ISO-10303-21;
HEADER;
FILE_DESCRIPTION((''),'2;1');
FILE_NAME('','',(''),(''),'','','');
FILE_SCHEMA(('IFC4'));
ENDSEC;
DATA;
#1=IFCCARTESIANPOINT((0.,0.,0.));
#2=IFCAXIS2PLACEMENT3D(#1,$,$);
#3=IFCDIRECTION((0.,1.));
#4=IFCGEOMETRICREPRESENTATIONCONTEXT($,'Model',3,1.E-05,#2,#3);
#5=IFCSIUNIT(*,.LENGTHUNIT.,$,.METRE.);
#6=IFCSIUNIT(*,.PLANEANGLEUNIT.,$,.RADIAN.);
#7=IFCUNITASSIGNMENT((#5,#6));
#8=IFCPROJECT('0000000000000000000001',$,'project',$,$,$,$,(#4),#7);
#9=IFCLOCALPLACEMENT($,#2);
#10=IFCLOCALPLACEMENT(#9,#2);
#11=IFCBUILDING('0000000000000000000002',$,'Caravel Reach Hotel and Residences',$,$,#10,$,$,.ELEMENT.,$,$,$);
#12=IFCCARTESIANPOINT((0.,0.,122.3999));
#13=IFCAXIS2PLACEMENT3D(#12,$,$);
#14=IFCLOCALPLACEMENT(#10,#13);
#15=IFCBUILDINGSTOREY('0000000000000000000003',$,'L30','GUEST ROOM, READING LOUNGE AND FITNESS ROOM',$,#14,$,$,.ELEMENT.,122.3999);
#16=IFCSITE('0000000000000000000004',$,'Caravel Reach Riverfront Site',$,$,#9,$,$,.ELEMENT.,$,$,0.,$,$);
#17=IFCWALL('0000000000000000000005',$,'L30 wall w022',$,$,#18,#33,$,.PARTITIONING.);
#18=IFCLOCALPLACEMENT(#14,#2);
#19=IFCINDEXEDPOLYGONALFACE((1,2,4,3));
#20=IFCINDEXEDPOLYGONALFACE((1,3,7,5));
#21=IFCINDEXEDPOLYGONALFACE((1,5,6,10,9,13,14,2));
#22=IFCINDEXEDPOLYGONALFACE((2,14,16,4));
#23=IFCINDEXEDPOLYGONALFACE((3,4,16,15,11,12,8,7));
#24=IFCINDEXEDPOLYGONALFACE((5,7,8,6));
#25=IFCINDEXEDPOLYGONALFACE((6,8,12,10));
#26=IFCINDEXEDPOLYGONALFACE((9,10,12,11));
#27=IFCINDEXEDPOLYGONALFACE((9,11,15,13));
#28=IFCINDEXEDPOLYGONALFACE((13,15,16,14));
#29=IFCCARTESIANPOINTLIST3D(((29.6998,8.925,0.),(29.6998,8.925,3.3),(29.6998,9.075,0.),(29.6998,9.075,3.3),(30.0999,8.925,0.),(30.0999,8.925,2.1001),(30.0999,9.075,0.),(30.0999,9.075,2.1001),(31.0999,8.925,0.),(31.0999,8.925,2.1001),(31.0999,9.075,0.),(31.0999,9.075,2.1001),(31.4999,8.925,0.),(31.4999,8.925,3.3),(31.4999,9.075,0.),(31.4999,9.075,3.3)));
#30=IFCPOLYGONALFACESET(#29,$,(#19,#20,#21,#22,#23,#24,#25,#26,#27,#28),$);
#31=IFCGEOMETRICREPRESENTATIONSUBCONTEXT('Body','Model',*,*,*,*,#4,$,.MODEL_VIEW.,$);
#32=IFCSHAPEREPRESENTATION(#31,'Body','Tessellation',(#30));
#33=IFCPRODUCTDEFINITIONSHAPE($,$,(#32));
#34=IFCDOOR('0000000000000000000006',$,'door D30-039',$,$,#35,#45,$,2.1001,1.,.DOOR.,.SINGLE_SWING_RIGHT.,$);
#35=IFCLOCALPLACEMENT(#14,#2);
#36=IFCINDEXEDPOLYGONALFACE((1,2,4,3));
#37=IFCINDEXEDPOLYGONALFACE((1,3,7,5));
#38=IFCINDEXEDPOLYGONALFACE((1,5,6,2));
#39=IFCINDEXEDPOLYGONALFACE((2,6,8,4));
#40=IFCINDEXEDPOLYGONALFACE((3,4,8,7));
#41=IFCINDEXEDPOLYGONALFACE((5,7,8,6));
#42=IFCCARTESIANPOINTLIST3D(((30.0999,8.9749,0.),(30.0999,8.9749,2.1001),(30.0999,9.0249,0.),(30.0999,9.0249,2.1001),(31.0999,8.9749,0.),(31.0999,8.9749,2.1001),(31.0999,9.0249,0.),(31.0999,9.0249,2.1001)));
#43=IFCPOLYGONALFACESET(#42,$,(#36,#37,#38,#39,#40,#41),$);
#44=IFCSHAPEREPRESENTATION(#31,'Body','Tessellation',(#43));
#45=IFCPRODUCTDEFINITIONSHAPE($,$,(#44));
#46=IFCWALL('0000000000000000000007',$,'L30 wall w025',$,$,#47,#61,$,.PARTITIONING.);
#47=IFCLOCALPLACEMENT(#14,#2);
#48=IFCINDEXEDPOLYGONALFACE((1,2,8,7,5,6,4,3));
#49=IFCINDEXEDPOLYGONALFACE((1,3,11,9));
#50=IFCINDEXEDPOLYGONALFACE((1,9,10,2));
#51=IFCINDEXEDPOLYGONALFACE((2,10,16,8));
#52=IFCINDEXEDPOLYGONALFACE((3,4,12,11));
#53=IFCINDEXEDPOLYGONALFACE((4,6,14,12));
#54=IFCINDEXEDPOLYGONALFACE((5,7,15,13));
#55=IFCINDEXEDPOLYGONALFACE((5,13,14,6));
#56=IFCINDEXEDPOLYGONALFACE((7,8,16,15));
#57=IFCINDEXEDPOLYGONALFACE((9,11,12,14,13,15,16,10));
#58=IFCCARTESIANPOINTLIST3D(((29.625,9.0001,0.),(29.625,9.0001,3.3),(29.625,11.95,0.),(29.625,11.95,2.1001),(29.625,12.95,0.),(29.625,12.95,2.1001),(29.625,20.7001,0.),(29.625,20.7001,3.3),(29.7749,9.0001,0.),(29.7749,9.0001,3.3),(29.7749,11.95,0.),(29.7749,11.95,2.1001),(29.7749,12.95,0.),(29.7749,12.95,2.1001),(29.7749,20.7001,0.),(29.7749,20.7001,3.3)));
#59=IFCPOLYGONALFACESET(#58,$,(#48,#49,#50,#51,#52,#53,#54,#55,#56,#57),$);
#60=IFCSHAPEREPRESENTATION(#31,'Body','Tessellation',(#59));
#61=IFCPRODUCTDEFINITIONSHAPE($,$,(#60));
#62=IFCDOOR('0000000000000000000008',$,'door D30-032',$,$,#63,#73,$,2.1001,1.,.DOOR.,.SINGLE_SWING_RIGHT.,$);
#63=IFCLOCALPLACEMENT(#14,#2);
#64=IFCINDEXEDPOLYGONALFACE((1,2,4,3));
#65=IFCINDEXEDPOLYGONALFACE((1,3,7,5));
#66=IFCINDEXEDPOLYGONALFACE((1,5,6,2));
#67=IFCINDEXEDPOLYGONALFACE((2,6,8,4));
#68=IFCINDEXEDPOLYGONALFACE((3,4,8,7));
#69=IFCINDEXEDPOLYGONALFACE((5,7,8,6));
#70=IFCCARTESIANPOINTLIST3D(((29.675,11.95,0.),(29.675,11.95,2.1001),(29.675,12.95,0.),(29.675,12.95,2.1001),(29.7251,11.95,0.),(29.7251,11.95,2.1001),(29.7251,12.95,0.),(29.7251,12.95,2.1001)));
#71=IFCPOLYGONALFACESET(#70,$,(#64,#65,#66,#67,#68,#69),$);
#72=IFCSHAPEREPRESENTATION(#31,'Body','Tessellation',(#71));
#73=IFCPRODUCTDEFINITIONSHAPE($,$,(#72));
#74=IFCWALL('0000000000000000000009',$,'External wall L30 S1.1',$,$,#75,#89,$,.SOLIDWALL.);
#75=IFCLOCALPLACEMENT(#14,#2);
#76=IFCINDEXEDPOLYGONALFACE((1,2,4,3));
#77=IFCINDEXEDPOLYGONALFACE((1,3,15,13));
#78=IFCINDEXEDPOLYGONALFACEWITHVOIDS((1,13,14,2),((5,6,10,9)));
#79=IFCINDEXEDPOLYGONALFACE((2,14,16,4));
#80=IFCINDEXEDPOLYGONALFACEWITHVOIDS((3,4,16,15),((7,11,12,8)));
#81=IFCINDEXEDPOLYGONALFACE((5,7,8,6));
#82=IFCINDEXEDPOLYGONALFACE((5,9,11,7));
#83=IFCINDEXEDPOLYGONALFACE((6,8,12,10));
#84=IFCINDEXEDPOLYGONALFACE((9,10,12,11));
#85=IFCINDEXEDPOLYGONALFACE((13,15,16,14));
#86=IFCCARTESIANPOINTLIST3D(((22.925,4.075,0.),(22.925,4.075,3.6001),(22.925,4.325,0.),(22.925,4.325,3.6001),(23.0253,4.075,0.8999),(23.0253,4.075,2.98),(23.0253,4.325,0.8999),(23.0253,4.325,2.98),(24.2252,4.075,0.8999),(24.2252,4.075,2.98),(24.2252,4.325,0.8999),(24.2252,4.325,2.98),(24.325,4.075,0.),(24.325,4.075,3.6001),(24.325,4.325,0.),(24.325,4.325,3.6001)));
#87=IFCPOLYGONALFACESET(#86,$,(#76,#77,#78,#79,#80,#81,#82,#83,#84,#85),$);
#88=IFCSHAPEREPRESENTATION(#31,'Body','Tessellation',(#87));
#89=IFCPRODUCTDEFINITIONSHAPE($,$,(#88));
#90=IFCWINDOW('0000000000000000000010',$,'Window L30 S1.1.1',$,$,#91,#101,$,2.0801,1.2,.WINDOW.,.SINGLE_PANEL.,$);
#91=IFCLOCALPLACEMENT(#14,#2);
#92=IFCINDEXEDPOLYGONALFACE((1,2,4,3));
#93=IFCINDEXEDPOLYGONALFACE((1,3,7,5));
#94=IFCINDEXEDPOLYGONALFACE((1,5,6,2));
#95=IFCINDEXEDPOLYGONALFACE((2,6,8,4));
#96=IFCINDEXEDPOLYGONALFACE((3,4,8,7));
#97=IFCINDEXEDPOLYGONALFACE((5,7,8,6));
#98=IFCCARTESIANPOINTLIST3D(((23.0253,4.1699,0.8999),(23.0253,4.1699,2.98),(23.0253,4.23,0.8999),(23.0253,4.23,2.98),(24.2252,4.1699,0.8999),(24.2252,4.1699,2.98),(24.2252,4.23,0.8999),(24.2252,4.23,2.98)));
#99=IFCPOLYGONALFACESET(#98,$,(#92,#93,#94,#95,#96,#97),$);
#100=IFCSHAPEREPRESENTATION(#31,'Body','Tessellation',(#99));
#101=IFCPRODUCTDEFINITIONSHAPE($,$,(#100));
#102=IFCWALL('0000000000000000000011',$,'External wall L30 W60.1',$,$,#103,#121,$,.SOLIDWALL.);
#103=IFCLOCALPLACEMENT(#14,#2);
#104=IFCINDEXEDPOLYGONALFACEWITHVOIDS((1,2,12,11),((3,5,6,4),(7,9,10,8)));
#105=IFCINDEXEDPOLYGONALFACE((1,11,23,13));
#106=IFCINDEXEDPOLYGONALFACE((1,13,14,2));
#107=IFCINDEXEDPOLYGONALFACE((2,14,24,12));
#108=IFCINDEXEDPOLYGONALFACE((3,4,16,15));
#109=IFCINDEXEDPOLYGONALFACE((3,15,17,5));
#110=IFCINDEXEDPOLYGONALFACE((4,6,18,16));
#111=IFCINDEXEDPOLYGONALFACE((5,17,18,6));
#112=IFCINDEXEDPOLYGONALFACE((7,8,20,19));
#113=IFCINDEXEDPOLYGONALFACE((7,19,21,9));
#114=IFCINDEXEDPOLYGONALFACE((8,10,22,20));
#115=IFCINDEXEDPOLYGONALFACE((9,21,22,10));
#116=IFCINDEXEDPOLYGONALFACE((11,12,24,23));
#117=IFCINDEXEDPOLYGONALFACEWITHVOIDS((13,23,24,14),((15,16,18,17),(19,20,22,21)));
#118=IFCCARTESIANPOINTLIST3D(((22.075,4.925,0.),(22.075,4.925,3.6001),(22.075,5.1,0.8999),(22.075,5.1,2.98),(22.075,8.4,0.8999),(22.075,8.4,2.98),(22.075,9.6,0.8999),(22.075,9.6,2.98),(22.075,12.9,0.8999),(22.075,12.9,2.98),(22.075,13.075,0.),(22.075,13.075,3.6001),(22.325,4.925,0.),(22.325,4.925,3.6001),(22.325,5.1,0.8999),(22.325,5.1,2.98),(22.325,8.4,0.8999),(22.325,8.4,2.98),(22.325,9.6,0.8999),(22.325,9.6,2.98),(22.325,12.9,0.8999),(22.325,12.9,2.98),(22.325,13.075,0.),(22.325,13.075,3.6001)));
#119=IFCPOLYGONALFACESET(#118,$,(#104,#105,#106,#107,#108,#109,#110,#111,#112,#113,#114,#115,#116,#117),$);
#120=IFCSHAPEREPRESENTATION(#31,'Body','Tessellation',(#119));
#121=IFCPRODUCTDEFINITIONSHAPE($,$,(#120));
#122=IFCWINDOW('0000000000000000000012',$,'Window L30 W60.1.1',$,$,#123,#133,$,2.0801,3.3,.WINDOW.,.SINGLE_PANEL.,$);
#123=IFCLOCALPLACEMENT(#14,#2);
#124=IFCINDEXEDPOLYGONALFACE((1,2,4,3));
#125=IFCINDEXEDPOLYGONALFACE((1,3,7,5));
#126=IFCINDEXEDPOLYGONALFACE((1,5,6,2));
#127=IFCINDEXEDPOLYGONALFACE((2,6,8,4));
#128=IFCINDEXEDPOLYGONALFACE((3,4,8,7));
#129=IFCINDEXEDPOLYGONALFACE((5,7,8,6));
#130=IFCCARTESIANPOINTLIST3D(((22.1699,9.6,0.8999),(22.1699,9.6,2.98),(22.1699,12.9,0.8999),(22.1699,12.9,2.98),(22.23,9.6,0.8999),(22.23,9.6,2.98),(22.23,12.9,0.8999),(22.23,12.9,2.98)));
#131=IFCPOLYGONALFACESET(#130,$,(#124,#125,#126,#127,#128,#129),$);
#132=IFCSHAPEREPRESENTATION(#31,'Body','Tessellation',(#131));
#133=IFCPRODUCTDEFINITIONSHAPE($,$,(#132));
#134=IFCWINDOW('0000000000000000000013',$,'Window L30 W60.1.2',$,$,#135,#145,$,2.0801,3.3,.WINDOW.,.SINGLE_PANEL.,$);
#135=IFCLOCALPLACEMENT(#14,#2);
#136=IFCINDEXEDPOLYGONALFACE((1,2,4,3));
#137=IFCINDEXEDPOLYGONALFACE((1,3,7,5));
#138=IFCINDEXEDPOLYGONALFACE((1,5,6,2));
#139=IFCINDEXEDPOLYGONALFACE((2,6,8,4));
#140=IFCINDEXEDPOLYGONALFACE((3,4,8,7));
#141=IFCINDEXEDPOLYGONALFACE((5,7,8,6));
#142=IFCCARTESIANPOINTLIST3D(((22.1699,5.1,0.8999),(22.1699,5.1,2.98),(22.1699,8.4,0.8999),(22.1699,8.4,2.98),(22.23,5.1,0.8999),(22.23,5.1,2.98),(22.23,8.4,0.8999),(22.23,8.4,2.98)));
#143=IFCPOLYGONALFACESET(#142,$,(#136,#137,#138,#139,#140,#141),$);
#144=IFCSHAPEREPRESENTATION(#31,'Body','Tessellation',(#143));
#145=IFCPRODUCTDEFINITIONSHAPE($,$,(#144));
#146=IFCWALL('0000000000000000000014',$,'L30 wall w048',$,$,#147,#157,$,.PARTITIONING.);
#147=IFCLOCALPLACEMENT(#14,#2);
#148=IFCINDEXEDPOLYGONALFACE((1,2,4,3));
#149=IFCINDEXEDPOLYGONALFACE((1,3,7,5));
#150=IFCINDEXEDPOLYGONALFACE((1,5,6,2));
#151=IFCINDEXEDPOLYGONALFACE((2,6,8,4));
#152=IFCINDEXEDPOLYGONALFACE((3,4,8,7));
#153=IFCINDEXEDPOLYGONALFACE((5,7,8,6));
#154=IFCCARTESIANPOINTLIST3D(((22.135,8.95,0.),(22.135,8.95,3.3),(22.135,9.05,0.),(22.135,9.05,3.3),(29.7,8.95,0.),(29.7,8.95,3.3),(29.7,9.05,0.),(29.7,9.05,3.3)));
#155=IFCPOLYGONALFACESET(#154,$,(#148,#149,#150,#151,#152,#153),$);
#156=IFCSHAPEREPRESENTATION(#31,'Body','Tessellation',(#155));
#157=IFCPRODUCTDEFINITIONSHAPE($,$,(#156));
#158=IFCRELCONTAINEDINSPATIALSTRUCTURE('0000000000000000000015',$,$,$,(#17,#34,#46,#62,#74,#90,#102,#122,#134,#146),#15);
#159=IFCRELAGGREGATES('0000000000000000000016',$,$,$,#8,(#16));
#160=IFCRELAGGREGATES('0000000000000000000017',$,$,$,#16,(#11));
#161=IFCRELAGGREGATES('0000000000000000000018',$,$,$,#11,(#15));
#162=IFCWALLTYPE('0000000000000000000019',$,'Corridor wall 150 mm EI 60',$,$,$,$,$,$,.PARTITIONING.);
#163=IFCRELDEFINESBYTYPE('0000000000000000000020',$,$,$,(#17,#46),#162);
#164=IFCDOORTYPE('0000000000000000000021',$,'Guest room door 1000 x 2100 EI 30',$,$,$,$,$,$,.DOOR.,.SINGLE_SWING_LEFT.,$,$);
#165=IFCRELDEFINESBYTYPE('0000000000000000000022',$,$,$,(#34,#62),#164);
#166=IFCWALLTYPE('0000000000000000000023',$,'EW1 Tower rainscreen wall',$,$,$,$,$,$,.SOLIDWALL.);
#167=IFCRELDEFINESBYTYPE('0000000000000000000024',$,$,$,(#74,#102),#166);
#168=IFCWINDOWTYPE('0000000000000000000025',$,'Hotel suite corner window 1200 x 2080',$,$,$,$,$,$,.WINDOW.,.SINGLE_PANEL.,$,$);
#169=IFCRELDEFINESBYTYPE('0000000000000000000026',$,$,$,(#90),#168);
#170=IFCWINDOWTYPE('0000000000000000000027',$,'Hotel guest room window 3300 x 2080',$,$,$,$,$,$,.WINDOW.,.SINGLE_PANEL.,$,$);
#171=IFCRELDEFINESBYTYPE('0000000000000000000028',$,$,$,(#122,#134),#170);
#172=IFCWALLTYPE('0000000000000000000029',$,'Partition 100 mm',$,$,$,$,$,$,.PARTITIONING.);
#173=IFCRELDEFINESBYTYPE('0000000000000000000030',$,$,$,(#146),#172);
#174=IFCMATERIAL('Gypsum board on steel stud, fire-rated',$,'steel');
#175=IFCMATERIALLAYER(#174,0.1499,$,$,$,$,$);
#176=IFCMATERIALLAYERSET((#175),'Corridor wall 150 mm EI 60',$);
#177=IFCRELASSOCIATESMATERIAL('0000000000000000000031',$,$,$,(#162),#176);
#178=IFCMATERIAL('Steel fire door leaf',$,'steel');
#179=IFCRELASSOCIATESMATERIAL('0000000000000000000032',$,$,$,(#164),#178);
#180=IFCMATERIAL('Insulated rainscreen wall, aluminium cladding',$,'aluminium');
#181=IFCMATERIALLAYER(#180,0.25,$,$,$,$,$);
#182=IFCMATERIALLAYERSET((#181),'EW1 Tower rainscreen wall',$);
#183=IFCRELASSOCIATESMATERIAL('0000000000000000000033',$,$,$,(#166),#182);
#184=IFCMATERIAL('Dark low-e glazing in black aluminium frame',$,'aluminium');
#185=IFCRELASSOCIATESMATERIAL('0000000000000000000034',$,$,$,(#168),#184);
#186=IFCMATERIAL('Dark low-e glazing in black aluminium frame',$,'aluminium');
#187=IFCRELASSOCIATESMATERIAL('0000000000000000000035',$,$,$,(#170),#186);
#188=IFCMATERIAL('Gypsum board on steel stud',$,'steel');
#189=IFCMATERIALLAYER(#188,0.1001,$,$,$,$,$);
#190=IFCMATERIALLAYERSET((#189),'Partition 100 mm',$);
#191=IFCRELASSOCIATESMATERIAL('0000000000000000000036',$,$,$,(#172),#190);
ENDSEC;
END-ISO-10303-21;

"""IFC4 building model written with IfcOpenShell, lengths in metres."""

from ifc_helpers import new_model, si_unit, direction, frame, frame_2d, origin, place, context, subcontext, project, spatial, rectangle, extrude, material, layer, layer_set, type_object, element, fill, save


model = new_model("IFC4")

# Units and contexts
model_context = context("Model", 3, precision=1e-05, world=origin(), true_north=direction((0.0, 1.0)))
body_context = subcontext(model_context, "Body", "Model", "MODEL_VIEW")
ifc_project = project(units=[si_unit("LENGTHUNIT", "METRE"), si_unit("PLANEANGLEUNIT", "RADIAN")], contexts=[model_context])

# Site, building, storey
site_placement = place(None, origin())
site = spatial("IfcSite", under=ifc_project, at=site_placement, Name="Caravel Reach Riverfront Site", CompositionType="ELEMENT", RefElevation=0.0)
building_placement = place(site_placement, origin())
building = spatial("IfcBuilding", under=site, at=building_placement, Name="Caravel Reach Hotel and Residences", CompositionType="ELEMENT")
storey_placement = place(building_placement, frame((0.0, 0.0, 122.3999)))
storey = spatial("IfcBuildingStorey", under=building, at=storey_placement, Name="L30", Description="GUEST ROOM, READING LOUNGE AND FITNESS ROOM", CompositionType="ELEMENT", Elevation=122.3999)

# Walls, openings, doors
ifc_material_1 = material(Name="Gypsum board on steel stud, fire-rated", Category="steel")
ifc_layer_1 = layer(ifc_material_1, 0.1499)
ifc_layer_set_1 = layer_set([ifc_layer_1], Name="Corridor wall 150 mm EI 60")
wall_type_1 = type_object("IfcWallType", Name="Corridor wall 150 mm EI 60", PredefinedType="PARTITIONING", material=ifc_layer_set_1)
wall_1_placement = place(storey_placement, frame((29.7, 9.0, 0.0), z_axis=(0.0, 0.0, 1.0), x_axis=(1.0, 0.0, 0.0)))
wall_1 = element("IfcWall", 1, at=wall_1_placement, inside=storey, type_object=wall_type_1, Name="L30 wall w022", PredefinedType="PARTITIONING", context=body_context, shape_type="SweptSolid", body=[
    extrude(rectangle(XDim=1.8, YDim=0.1499, at=frame_2d((0.8999, 0.0))), origin(), (0.0, 0.0, 1.0), 3.3),
])
opening_1_placement = place(wall_1_placement, frame((0.3999, 0.0, 0.0)))
opening_1 = element("IfcOpeningElement", 2, at=opening_1_placement, cuts=wall_1, PredefinedType="OPENING", context=body_context, shape_type="SweptSolid", body=[
    extrude(rectangle(XDim=1.0, YDim=2.1001, at=frame_2d((0.5, 1.05))), frame((0.0, 0.085, 0.0), z_axis=(0.0, -1.0, 0.0), x_axis=(1.0, 0.0, 0.0)), (0.0, 0.0, 1.0), 0.1699),
])
ifc_material_2 = material(Name="Steel fire door leaf", Category="steel")
door_type_1 = type_object("IfcDoorType", Name="Guest room door 1000 x 2100 EI 30", OperationType="SINGLE_SWING_LEFT", PredefinedType="DOOR", material=ifc_material_2)
door_1_placement = place(opening_1_placement, origin())
door_1 = element("IfcDoor", 3, at=door_1_placement, inside=storey, type_object=door_type_1, Name="door D30-039", OperationType="SINGLE_SWING_RIGHT", OverallHeight=2.1001, OverallWidth=1.0, PredefinedType="DOOR", context=body_context, shape_type="SweptSolid", body=[
    extrude(rectangle(XDim=1.0, YDim=2.1001, at=frame_2d((0.5, 1.05))), frame((0.0, 0.0249, 0.0), z_axis=(0.0, -1.0, 0.0), x_axis=(1.0, 0.0, 0.0)), (0.0, 0.0, 1.0), 0.05),
])
fill(opening_1, door_1)
wall_2_placement = place(storey_placement, frame((29.7, 9.0, 0.0), z_axis=(0.0, 0.0, 1.0), x_axis=(0.0, 1.0, 0.0)))
wall_2 = element("IfcWall", 4, at=wall_2_placement, inside=storey, type_object=wall_type_1, Name="L30 wall w025", PredefinedType="PARTITIONING", context=body_context, shape_type="SweptSolid", body=[
    extrude(rectangle(XDim=11.7, YDim=0.1499, at=frame_2d((5.8501, 0.0))), origin(), (0.0, 0.0, 1.0), 3.3),
])
opening_2_placement = place(wall_2_placement, frame((2.95, 0.0, 0.0)))
opening_2 = element("IfcOpeningElement", 5, at=opening_2_placement, cuts=wall_2, PredefinedType="OPENING", context=body_context, shape_type="SweptSolid", body=[
    extrude(rectangle(XDim=1.0, YDim=2.1001, at=frame_2d((0.5, 1.05))), frame((0.0, 0.085, 0.0), z_axis=(0.0, -1.0, 0.0), x_axis=(1.0, 0.0, 0.0)), (0.0, 0.0, 1.0), 0.1699),
])
door_2_placement = place(opening_2_placement, origin())
door_2 = element("IfcDoor", 6, at=door_2_placement, inside=storey, type_object=door_type_1, Name="door D30-032", OperationType="SINGLE_SWING_RIGHT", OverallHeight=2.1001, OverallWidth=1.0, PredefinedType="DOOR", context=body_context, shape_type="SweptSolid", body=[
    extrude(rectangle(XDim=1.0, YDim=2.1001, at=frame_2d((0.5, 1.05))), frame((0.0, 0.0249, 0.0), z_axis=(0.0, -1.0, 0.0), x_axis=(1.0, 0.0, 0.0)), (0.0, 0.0, 1.0), 0.05),
])
fill(opening_2, door_2)

# Wall, opening, window
ifc_material_3 = material(Name="Insulated rainscreen wall, aluminium cladding", Category="aluminium")
ifc_layer_2 = layer(ifc_material_3, 0.25)
ifc_layer_set_2 = layer_set([ifc_layer_2], Name="EW1 Tower rainscreen wall")
wall_type_2 = type_object("IfcWallType", Name="EW1 Tower rainscreen wall", PredefinedType="SOLIDWALL", material=ifc_layer_set_2)
wall_3_placement = place(storey_placement, frame((22.925, 4.2, 0.0), z_axis=(0.0, 0.0, 1.0), x_axis=(1.0, 0.0, 0.0)))
wall_3 = element("IfcWall", 7, at=wall_3_placement, inside=storey, type_object=wall_type_2, Name="External wall L30 S1.1", PredefinedType="SOLIDWALL", context=body_context, shape_type="SweptSolid", body=[
    extrude(rectangle(XDim=1.3999, YDim=0.25, at=frame_2d((0.7, 0.0))), origin(), (0.0, 0.0, 1.0), 3.6001),
])
opening_3_placement = place(wall_3_placement, frame((0.1001, 0.0, 0.8999)))
opening_3 = element("IfcOpeningElement", 8, at=opening_3_placement, cuts=wall_3, PredefinedType="OPENING", context=body_context, shape_type="SweptSolid", body=[
    extrude(rectangle(XDim=1.2, YDim=2.0801, at=frame_2d((0.6001, 1.04))), frame((0.0, 0.135, 0.0), z_axis=(0.0, -1.0, 0.0), x_axis=(1.0, 0.0, 0.0)), (0.0, 0.0, 1.0), 0.27),
])
ifc_material_4 = material(Name="Dark low-e glazing in black aluminium frame", Category="aluminium")
window_type_1 = type_object("IfcWindowType", Name="Hotel suite corner window 1200 x 2080", PartitioningType="SINGLE_PANEL", PredefinedType="WINDOW", material=ifc_material_4)
window_1_placement = place(opening_3_placement, origin())
window_1 = element("IfcWindow", 9, at=window_1_placement, inside=storey, type_object=window_type_1, Name="Window L30 S1.1.1", OverallHeight=2.0801, OverallWidth=1.2, PartitioningType="SINGLE_PANEL", PredefinedType="WINDOW", context=body_context, shape_type="SweptSolid", body=[
    extrude(rectangle(XDim=1.2, YDim=2.0801, at=frame_2d((0.6001, 1.04))), frame((0.0, 0.03, 0.0), z_axis=(0.0, -1.0, 0.0), x_axis=(1.0, 0.0, 0.0)), (0.0, 0.0, 1.0), 0.0601),
])
fill(opening_3, window_1)

# Wall, openings, windows
wall_4_placement = place(storey_placement, frame((22.2, 13.075, 0.0), z_axis=(0.0, 0.0, 1.0), x_axis=(0.0, -1.0, 0.0)))
wall_4 = element("IfcWall", 10, at=wall_4_placement, inside=storey, type_object=wall_type_2, Name="External wall L30 W60.1", PredefinedType="SOLIDWALL", context=body_context, shape_type="SweptSolid", body=[
    extrude(rectangle(XDim=8.1499, YDim=0.25, at=frame_2d((4.075, 0.0))), origin(), (0.0, 0.0, 1.0), 3.6001),
])
opening_4_placement = place(wall_4_placement, frame((0.175, 0.0, 0.8999)))
opening_4 = element("IfcOpeningElement", 11, at=opening_4_placement, cuts=wall_4, PredefinedType="OPENING", context=body_context, shape_type="SweptSolid", body=[
    extrude(rectangle(XDim=3.3, YDim=2.0801, at=frame_2d((1.6499, 1.04))), frame((0.0, 0.135, 0.0), z_axis=(0.0, -1.0, 0.0), x_axis=(1.0, 0.0, 0.0)), (0.0, 0.0, 1.0), 0.27),
])
opening_5_placement = place(wall_4_placement, frame((4.675, 0.0, 0.8999)))
opening_5 = element("IfcOpeningElement", 12, at=opening_5_placement, cuts=wall_4, PredefinedType="OPENING", context=body_context, shape_type="SweptSolid", body=[
    extrude(rectangle(XDim=3.3, YDim=2.0801, at=frame_2d((1.6499, 1.04))), frame((0.0, 0.135, 0.0), z_axis=(0.0, -1.0, 0.0), x_axis=(1.0, 0.0, 0.0)), (0.0, 0.0, 1.0), 0.27),
])
ifc_material_5 = material(Name="Dark low-e glazing in black aluminium frame", Category="aluminium")
window_type_2 = type_object("IfcWindowType", Name="Hotel guest room window 3300 x 2080", PartitioningType="SINGLE_PANEL", PredefinedType="WINDOW", material=ifc_material_5)
window_2_placement = place(opening_4_placement, origin())
window_2 = element("IfcWindow", 13, at=window_2_placement, inside=storey, type_object=window_type_2, Name="Window L30 W60.1.1", OverallHeight=2.0801, OverallWidth=3.3, PartitioningType="SINGLE_PANEL", PredefinedType="WINDOW", context=body_context, shape_type="SweptSolid", body=[
    extrude(rectangle(XDim=3.3, YDim=2.0801, at=frame_2d((1.6499, 1.04))), frame((0.0, 0.03, 0.0), z_axis=(0.0, -1.0, 0.0), x_axis=(1.0, 0.0, 0.0)), (0.0, 0.0, 1.0), 0.0601),
])
fill(opening_4, window_2)
window_3_placement = place(opening_5_placement, origin())
window_3 = element("IfcWindow", 14, at=window_3_placement, inside=storey, type_object=window_type_2, Name="Window L30 W60.1.2", OverallHeight=2.0801, OverallWidth=3.3, PartitioningType="SINGLE_PANEL", PredefinedType="WINDOW", context=body_context, shape_type="SweptSolid", body=[
    extrude(rectangle(XDim=3.3, YDim=2.0801, at=frame_2d((1.6499, 1.04))), frame((0.0, 0.03, 0.0), z_axis=(0.0, -1.0, 0.0), x_axis=(1.0, 0.0, 0.0)), (0.0, 0.0, 1.0), 0.0601),
])
fill(opening_5, window_3)

# Wall
ifc_material_6 = material(Name="Gypsum board on steel stud", Category="steel")
ifc_layer_3 = layer(ifc_material_6, 0.1001)
ifc_layer_set_3 = layer_set([ifc_layer_3], Name="Partition 100 mm")
wall_type_3 = type_object("IfcWallType", Name="Partition 100 mm", PredefinedType="PARTITIONING", material=ifc_layer_set_3)
wall_5_placement = place(storey_placement, frame((22.135, 9.0, 0.0), z_axis=(0.0, 0.0, 1.0), x_axis=(1.0, 0.0, 0.0)))
element("IfcWall", 15, at=wall_5_placement, inside=storey, type_object=wall_type_3, Name="L30 wall w048", PredefinedType="PARTITIONING", context=body_context, shape_type="SweptSolid", body=[
    extrude(rectangle(XDim=7.5649, YDim=0.1001, at=frame_2d((3.7825, 0.0))), origin(), (0.0, 0.0, 1.0), 3.3),
])

save(model, "model.ifc")
